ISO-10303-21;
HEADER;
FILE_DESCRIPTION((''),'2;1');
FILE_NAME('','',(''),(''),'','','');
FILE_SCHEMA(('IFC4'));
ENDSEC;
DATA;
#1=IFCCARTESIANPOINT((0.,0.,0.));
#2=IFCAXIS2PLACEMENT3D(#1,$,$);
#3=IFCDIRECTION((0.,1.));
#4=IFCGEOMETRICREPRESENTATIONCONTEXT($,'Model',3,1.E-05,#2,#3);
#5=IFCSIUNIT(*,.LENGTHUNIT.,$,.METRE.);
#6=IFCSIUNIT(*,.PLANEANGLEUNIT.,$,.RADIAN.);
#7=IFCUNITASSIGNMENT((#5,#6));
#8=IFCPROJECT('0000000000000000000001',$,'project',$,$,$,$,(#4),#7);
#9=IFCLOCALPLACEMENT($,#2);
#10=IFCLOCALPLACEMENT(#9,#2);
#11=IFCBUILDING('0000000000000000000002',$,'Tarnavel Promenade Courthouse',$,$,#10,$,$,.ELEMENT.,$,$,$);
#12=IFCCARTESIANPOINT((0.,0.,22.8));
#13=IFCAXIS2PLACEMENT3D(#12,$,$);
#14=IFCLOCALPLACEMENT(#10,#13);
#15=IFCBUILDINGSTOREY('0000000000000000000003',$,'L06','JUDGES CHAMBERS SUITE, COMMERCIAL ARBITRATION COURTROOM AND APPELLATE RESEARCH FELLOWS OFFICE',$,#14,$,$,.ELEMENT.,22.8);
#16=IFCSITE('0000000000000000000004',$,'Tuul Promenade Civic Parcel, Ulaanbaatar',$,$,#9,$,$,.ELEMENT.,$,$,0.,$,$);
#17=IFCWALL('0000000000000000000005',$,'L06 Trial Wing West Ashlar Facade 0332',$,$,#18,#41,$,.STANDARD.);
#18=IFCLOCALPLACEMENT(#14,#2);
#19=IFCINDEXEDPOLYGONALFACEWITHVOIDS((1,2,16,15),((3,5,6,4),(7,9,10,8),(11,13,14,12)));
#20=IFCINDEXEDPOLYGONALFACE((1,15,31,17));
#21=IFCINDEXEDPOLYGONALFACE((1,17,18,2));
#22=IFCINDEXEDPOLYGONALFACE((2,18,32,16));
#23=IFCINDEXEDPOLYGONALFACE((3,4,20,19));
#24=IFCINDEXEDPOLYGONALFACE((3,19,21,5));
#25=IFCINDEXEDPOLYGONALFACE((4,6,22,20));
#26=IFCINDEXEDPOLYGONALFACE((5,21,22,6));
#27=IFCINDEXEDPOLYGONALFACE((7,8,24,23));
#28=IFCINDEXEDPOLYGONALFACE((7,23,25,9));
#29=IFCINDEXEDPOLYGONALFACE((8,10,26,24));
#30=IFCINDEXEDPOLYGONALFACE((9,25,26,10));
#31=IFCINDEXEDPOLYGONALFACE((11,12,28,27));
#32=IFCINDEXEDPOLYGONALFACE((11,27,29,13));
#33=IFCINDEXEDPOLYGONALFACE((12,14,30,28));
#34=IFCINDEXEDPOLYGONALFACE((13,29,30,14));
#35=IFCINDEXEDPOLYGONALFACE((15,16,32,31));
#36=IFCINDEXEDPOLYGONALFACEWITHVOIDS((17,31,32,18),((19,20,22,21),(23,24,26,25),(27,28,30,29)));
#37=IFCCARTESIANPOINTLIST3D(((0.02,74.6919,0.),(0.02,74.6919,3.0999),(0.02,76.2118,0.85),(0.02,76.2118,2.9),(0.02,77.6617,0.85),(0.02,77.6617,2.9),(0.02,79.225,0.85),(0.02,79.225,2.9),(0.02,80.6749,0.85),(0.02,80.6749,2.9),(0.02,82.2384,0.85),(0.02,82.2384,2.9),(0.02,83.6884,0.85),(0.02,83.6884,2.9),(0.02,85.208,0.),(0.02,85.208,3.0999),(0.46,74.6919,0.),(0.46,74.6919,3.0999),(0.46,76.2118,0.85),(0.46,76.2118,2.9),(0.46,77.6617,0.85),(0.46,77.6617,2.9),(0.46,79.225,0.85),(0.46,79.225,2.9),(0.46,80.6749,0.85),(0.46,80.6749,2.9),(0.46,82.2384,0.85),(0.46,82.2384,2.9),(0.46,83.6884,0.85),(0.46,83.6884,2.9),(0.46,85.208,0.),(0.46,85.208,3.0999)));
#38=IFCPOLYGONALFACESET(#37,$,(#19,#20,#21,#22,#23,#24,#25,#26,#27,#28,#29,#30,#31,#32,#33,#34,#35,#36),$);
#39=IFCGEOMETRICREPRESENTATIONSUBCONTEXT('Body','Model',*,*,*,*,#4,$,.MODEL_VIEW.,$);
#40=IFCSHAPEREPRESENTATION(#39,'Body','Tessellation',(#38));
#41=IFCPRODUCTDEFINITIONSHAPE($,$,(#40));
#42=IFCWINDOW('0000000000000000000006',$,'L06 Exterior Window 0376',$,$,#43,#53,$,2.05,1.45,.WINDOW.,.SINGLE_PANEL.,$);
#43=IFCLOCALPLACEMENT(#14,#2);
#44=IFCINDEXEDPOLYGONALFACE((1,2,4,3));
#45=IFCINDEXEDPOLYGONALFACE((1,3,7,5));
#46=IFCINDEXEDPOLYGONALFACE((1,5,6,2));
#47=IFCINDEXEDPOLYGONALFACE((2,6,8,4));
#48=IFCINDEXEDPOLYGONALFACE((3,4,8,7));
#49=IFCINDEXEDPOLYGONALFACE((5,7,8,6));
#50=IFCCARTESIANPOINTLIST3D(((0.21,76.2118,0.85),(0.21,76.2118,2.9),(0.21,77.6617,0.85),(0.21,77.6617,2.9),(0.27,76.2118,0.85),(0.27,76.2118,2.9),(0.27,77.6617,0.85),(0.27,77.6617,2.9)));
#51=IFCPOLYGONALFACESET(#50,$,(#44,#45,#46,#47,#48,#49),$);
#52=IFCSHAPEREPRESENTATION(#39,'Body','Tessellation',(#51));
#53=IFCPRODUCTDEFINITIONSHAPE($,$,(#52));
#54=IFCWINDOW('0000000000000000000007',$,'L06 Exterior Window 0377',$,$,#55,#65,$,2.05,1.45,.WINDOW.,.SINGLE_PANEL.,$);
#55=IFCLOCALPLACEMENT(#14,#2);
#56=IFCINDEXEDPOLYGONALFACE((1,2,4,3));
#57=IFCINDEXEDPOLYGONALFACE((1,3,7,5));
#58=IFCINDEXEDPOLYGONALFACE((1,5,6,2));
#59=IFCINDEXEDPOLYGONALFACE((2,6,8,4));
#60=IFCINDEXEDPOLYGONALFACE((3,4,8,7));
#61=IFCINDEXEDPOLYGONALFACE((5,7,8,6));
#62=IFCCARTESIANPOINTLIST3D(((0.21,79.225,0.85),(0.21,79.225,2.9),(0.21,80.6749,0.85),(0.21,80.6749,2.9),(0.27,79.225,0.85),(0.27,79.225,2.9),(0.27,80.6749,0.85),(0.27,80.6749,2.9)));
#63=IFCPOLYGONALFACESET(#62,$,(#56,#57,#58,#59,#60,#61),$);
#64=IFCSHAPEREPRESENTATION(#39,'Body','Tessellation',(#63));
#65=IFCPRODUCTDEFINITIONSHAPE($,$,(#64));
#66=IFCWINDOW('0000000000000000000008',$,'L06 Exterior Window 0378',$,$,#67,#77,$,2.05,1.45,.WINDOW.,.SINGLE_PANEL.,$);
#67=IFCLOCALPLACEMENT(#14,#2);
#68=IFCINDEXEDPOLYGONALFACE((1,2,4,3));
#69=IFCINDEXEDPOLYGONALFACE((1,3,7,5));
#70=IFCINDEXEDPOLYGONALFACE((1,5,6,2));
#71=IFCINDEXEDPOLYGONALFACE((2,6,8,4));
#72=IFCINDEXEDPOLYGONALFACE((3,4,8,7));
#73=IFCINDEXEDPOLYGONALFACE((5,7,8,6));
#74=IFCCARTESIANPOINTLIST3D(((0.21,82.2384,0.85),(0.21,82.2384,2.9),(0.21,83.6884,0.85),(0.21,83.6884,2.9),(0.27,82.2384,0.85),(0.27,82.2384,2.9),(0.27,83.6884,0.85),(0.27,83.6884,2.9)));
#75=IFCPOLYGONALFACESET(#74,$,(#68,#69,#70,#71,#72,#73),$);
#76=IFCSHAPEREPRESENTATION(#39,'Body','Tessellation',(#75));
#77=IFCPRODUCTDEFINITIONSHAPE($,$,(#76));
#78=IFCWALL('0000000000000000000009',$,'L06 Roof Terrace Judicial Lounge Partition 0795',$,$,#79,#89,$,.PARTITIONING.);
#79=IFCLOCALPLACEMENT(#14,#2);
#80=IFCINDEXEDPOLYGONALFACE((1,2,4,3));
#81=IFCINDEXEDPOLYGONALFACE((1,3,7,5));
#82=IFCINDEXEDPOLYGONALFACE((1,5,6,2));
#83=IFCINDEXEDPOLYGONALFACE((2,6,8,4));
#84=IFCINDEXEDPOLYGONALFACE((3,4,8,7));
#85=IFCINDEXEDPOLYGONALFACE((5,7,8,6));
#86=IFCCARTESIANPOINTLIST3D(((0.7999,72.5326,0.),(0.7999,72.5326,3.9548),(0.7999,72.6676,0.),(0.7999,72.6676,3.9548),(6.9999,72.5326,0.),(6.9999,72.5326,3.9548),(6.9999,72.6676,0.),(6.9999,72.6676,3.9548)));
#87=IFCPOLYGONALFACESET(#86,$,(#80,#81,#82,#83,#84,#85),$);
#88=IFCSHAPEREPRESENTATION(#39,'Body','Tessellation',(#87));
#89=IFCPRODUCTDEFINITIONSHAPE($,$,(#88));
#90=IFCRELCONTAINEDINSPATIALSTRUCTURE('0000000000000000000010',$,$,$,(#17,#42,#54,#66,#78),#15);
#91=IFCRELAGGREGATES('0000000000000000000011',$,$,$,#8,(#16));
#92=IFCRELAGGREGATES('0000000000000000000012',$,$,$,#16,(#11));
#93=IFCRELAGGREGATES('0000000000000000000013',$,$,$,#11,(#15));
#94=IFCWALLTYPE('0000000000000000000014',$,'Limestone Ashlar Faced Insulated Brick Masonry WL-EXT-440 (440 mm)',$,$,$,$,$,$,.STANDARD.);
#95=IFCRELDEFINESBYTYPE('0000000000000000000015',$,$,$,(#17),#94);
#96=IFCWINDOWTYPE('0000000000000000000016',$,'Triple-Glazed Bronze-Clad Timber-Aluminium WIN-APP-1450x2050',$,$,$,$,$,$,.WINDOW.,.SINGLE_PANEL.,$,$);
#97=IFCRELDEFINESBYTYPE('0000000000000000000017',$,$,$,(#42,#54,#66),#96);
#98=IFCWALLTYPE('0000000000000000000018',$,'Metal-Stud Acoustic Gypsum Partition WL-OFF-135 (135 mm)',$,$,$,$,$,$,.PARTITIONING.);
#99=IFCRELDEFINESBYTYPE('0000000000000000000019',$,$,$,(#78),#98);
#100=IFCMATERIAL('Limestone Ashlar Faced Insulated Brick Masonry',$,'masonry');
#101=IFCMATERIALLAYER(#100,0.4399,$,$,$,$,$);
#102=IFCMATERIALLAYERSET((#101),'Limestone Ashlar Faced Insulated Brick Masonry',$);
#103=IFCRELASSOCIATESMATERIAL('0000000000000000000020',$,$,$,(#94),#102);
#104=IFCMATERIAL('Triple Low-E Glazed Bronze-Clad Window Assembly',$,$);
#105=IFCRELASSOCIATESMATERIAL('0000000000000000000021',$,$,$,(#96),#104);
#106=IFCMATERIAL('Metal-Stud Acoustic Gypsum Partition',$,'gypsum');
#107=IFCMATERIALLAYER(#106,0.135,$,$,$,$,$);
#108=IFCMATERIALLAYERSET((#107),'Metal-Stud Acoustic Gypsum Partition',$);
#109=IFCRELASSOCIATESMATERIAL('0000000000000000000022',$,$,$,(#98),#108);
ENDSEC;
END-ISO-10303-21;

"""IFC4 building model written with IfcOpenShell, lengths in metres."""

from ifc_helpers import new_model, si_unit, direction, frame, frame_2d, origin, place, context, subcontext, project, spatial, rectangle, extrude, material, layer, layer_set, type_object, element, fill, save


model = new_model("IFC4")

# Units and contexts
model_context = context("Model", 3, precision=1e-05, world=origin(), true_north=direction((0.0, 1.0)))
body_context = subcontext(model_context, "Body", "Model", "MODEL_VIEW")
ifc_project = project(units=[si_unit("LENGTHUNIT", "METRE"), si_unit("PLANEANGLEUNIT", "RADIAN")], contexts=[model_context])

# Site, building, storey
site_placement = place(None, origin())
site = spatial("IfcSite", under=ifc_project, at=site_placement, Name="Tuul Promenade Civic Parcel, Ulaanbaatar", CompositionType="ELEMENT", RefElevation=0.0)
building_placement = place(site_placement, origin())
building = spatial("IfcBuilding", under=site, at=building_placement, Name="Tarnavel Promenade Courthouse", CompositionType="ELEMENT")
storey_placement = place(building_placement, frame((0.0, 0.0, 22.8)))
storey = spatial("IfcBuildingStorey", under=building, at=storey_placement, Name="L06", Description="JUDGES CHAMBERS SUITE, COMMERCIAL ARBITRATION COURTROOM AND APPELLATE RESEARCH FELLOWS OFFICE", CompositionType="ELEMENT", Elevation=22.8)

# Wall, openings, windows
ifc_material_1 = material(Name="Limestone Ashlar Faced Insulated Brick Masonry", Category="masonry")
ifc_layer_1 = layer(ifc_material_1, 0.4399)
ifc_layer_set_1 = layer_set([ifc_layer_1], Name="Limestone Ashlar Faced Insulated Brick Masonry")
wall_type_1 = type_object("IfcWallType", Name="Limestone Ashlar Faced Insulated Brick Masonry WL-EXT-440 (440 mm)", PredefinedType="STANDARD", material=ifc_layer_set_1)
wall_1_placement = place(storey_placement, frame((0.24, 74.6919, 0.0), z_axis=(0.0, 0.0, 1.0), x_axis=(0.0, 1.0, 0.0)))
wall_1 = element("IfcWall", 1, at=wall_1_placement, inside=storey, type_object=wall_type_1, Name="L06 Trial Wing West Ashlar Facade 0332", PredefinedType="STANDARD", context=body_context, shape_type="SweptSolid", body=[
    extrude(rectangle(XDim=10.5161, YDim=0.4399, at=frame_2d((5.2581, 0.0))), origin(), (0.0, 0.0, 1.0), 3.0999),
])
opening_1_placement = place(wall_1_placement, frame((1.5198, 0.0, 0.8501)))
opening_1 = element("IfcOpeningElement", 2, at=opening_1_placement, cuts=wall_1, PredefinedType="OPENING", context=body_context, shape_type="SweptSolid", body=[
    extrude(rectangle(XDim=1.45, YDim=2.05, at=frame_2d((0.7251, 1.0249))), frame((0.0, 0.23, 0.0), z_axis=(0.0, -1.0, 0.0), x_axis=(1.0, 0.0, 0.0)), (0.0, 0.0, 1.0), 0.46),
])
opening_2_placement = place(wall_1_placement, frame((4.533, 0.0, 0.8501)))
opening_2 = element("IfcOpeningElement", 3, at=opening_2_placement, cuts=wall_1, PredefinedType="OPENING", context=body_context, shape_type="SweptSolid", body=[
    extrude(rectangle(XDim=1.45, YDim=2.05, at=frame_2d((0.7251, 1.0249))), frame((0.0, 0.23, 0.0), z_axis=(0.0, -1.0, 0.0), x_axis=(1.0, 0.0, 0.0)), (0.0, 0.0, 1.0), 0.46),
])
opening_3_placement = place(wall_1_placement, frame((7.5464, 0.0, 0.8501)))
opening_3 = element("IfcOpeningElement", 4, at=opening_3_placement, cuts=wall_1, PredefinedType="OPENING", context=body_context, shape_type="SweptSolid", body=[
    extrude(rectangle(XDim=1.45, YDim=2.05, at=frame_2d((0.7251, 1.0249))), frame((0.0, 0.23, 0.0), z_axis=(0.0, -1.0, 0.0), x_axis=(1.0, 0.0, 0.0)), (0.0, 0.0, 1.0), 0.46),
])
ifc_material_2 = material(Name="Triple Low-E Glazed Bronze-Clad Window Assembly")
window_type = type_object("IfcWindowType", Name="Triple-Glazed Bronze-Clad Timber-Aluminium WIN-APP-1450x2050", PartitioningType="SINGLE_PANEL", PredefinedType="WINDOW", material=ifc_material_2)
window_1_placement = place(opening_1_placement, origin())
window_1 = element("IfcWindow", 5, at=window_1_placement, inside=storey, type_object=window_type, Name="L06 Exterior Window 0376", OverallHeight=2.05, OverallWidth=1.45, PartitioningType="SINGLE_PANEL", PredefinedType="WINDOW", context=body_context, shape_type="SweptSolid", body=[
    extrude(rectangle(XDim=1.45, YDim=2.05, at=frame_2d((0.7251, 1.0249))), frame((0.0, 0.03, 0.0), z_axis=(0.0, -1.0, 0.0), x_axis=(1.0, 0.0, 0.0)), (0.0, 0.0, 1.0), 0.0601),
])
fill(opening_1, window_1)
window_2_placement = place(opening_2_placement, origin())
window_2 = element("IfcWindow", 6, at=window_2_placement, inside=storey, type_object=window_type, Name="L06 Exterior Window 0377", OverallHeight=2.05, OverallWidth=1.45, PartitioningType="SINGLE_PANEL", PredefinedType="WINDOW", context=body_context, shape_type="SweptSolid", body=[
    extrude(rectangle(XDim=1.45, YDim=2.05, at=frame_2d((0.7251, 1.0249))), frame((0.0, 0.03, 0.0), z_axis=(0.0, -1.0, 0.0), x_axis=(1.0, 0.0, 0.0)), (0.0, 0.0, 1.0), 0.0601),
])
fill(opening_2, window_2)
window_3_placement = place(opening_3_placement, origin())
window_3 = element("IfcWindow", 7, at=window_3_placement, inside=storey, type_object=window_type, Name="L06 Exterior Window 0378", OverallHeight=2.05, OverallWidth=1.45, PartitioningType="SINGLE_PANEL", PredefinedType="WINDOW", context=body_context, shape_type="SweptSolid", body=[
    extrude(rectangle(XDim=1.45, YDim=2.05, at=frame_2d((0.7251, 1.0249))), frame((0.0, 0.03, 0.0), z_axis=(0.0, -1.0, 0.0), x_axis=(1.0, 0.0, 0.0)), (0.0, 0.0, 1.0), 0.0601),
])
fill(opening_3, window_3)

# Wall
ifc_material_3 = material(Name="Metal-Stud Acoustic Gypsum Partition", Category="gypsum")
ifc_layer_2 = layer(ifc_material_3, 0.135)
ifc_layer_set_2 = layer_set([ifc_layer_2], Name="Metal-Stud Acoustic Gypsum Partition")
wall_type_2 = type_object("IfcWallType", Name="Metal-Stud Acoustic Gypsum Partition WL-OFF-135 (135 mm)", PredefinedType="PARTITIONING", material=ifc_layer_set_2)
wall_2_placement = place(storey_placement, frame((7.0, 72.6001, 0.0), z_axis=(0.0, 0.0, 1.0), x_axis=(-1.0, 0.0, 0.0)))
element("IfcWall", 8, at=wall_2_placement, inside=storey, type_object=wall_type_2, Name="L06 Roof Terrace Judicial Lounge Partition 0795", PredefinedType="PARTITIONING", context=body_context, shape_type="SweptSolid", body=[
    extrude(rectangle(XDim=6.2, YDim=0.135, at=frame_2d((3.1001, 0.0))), origin(), (0.0, 0.0, 1.0), 3.9548),
])

save(model, "model.ifc")
